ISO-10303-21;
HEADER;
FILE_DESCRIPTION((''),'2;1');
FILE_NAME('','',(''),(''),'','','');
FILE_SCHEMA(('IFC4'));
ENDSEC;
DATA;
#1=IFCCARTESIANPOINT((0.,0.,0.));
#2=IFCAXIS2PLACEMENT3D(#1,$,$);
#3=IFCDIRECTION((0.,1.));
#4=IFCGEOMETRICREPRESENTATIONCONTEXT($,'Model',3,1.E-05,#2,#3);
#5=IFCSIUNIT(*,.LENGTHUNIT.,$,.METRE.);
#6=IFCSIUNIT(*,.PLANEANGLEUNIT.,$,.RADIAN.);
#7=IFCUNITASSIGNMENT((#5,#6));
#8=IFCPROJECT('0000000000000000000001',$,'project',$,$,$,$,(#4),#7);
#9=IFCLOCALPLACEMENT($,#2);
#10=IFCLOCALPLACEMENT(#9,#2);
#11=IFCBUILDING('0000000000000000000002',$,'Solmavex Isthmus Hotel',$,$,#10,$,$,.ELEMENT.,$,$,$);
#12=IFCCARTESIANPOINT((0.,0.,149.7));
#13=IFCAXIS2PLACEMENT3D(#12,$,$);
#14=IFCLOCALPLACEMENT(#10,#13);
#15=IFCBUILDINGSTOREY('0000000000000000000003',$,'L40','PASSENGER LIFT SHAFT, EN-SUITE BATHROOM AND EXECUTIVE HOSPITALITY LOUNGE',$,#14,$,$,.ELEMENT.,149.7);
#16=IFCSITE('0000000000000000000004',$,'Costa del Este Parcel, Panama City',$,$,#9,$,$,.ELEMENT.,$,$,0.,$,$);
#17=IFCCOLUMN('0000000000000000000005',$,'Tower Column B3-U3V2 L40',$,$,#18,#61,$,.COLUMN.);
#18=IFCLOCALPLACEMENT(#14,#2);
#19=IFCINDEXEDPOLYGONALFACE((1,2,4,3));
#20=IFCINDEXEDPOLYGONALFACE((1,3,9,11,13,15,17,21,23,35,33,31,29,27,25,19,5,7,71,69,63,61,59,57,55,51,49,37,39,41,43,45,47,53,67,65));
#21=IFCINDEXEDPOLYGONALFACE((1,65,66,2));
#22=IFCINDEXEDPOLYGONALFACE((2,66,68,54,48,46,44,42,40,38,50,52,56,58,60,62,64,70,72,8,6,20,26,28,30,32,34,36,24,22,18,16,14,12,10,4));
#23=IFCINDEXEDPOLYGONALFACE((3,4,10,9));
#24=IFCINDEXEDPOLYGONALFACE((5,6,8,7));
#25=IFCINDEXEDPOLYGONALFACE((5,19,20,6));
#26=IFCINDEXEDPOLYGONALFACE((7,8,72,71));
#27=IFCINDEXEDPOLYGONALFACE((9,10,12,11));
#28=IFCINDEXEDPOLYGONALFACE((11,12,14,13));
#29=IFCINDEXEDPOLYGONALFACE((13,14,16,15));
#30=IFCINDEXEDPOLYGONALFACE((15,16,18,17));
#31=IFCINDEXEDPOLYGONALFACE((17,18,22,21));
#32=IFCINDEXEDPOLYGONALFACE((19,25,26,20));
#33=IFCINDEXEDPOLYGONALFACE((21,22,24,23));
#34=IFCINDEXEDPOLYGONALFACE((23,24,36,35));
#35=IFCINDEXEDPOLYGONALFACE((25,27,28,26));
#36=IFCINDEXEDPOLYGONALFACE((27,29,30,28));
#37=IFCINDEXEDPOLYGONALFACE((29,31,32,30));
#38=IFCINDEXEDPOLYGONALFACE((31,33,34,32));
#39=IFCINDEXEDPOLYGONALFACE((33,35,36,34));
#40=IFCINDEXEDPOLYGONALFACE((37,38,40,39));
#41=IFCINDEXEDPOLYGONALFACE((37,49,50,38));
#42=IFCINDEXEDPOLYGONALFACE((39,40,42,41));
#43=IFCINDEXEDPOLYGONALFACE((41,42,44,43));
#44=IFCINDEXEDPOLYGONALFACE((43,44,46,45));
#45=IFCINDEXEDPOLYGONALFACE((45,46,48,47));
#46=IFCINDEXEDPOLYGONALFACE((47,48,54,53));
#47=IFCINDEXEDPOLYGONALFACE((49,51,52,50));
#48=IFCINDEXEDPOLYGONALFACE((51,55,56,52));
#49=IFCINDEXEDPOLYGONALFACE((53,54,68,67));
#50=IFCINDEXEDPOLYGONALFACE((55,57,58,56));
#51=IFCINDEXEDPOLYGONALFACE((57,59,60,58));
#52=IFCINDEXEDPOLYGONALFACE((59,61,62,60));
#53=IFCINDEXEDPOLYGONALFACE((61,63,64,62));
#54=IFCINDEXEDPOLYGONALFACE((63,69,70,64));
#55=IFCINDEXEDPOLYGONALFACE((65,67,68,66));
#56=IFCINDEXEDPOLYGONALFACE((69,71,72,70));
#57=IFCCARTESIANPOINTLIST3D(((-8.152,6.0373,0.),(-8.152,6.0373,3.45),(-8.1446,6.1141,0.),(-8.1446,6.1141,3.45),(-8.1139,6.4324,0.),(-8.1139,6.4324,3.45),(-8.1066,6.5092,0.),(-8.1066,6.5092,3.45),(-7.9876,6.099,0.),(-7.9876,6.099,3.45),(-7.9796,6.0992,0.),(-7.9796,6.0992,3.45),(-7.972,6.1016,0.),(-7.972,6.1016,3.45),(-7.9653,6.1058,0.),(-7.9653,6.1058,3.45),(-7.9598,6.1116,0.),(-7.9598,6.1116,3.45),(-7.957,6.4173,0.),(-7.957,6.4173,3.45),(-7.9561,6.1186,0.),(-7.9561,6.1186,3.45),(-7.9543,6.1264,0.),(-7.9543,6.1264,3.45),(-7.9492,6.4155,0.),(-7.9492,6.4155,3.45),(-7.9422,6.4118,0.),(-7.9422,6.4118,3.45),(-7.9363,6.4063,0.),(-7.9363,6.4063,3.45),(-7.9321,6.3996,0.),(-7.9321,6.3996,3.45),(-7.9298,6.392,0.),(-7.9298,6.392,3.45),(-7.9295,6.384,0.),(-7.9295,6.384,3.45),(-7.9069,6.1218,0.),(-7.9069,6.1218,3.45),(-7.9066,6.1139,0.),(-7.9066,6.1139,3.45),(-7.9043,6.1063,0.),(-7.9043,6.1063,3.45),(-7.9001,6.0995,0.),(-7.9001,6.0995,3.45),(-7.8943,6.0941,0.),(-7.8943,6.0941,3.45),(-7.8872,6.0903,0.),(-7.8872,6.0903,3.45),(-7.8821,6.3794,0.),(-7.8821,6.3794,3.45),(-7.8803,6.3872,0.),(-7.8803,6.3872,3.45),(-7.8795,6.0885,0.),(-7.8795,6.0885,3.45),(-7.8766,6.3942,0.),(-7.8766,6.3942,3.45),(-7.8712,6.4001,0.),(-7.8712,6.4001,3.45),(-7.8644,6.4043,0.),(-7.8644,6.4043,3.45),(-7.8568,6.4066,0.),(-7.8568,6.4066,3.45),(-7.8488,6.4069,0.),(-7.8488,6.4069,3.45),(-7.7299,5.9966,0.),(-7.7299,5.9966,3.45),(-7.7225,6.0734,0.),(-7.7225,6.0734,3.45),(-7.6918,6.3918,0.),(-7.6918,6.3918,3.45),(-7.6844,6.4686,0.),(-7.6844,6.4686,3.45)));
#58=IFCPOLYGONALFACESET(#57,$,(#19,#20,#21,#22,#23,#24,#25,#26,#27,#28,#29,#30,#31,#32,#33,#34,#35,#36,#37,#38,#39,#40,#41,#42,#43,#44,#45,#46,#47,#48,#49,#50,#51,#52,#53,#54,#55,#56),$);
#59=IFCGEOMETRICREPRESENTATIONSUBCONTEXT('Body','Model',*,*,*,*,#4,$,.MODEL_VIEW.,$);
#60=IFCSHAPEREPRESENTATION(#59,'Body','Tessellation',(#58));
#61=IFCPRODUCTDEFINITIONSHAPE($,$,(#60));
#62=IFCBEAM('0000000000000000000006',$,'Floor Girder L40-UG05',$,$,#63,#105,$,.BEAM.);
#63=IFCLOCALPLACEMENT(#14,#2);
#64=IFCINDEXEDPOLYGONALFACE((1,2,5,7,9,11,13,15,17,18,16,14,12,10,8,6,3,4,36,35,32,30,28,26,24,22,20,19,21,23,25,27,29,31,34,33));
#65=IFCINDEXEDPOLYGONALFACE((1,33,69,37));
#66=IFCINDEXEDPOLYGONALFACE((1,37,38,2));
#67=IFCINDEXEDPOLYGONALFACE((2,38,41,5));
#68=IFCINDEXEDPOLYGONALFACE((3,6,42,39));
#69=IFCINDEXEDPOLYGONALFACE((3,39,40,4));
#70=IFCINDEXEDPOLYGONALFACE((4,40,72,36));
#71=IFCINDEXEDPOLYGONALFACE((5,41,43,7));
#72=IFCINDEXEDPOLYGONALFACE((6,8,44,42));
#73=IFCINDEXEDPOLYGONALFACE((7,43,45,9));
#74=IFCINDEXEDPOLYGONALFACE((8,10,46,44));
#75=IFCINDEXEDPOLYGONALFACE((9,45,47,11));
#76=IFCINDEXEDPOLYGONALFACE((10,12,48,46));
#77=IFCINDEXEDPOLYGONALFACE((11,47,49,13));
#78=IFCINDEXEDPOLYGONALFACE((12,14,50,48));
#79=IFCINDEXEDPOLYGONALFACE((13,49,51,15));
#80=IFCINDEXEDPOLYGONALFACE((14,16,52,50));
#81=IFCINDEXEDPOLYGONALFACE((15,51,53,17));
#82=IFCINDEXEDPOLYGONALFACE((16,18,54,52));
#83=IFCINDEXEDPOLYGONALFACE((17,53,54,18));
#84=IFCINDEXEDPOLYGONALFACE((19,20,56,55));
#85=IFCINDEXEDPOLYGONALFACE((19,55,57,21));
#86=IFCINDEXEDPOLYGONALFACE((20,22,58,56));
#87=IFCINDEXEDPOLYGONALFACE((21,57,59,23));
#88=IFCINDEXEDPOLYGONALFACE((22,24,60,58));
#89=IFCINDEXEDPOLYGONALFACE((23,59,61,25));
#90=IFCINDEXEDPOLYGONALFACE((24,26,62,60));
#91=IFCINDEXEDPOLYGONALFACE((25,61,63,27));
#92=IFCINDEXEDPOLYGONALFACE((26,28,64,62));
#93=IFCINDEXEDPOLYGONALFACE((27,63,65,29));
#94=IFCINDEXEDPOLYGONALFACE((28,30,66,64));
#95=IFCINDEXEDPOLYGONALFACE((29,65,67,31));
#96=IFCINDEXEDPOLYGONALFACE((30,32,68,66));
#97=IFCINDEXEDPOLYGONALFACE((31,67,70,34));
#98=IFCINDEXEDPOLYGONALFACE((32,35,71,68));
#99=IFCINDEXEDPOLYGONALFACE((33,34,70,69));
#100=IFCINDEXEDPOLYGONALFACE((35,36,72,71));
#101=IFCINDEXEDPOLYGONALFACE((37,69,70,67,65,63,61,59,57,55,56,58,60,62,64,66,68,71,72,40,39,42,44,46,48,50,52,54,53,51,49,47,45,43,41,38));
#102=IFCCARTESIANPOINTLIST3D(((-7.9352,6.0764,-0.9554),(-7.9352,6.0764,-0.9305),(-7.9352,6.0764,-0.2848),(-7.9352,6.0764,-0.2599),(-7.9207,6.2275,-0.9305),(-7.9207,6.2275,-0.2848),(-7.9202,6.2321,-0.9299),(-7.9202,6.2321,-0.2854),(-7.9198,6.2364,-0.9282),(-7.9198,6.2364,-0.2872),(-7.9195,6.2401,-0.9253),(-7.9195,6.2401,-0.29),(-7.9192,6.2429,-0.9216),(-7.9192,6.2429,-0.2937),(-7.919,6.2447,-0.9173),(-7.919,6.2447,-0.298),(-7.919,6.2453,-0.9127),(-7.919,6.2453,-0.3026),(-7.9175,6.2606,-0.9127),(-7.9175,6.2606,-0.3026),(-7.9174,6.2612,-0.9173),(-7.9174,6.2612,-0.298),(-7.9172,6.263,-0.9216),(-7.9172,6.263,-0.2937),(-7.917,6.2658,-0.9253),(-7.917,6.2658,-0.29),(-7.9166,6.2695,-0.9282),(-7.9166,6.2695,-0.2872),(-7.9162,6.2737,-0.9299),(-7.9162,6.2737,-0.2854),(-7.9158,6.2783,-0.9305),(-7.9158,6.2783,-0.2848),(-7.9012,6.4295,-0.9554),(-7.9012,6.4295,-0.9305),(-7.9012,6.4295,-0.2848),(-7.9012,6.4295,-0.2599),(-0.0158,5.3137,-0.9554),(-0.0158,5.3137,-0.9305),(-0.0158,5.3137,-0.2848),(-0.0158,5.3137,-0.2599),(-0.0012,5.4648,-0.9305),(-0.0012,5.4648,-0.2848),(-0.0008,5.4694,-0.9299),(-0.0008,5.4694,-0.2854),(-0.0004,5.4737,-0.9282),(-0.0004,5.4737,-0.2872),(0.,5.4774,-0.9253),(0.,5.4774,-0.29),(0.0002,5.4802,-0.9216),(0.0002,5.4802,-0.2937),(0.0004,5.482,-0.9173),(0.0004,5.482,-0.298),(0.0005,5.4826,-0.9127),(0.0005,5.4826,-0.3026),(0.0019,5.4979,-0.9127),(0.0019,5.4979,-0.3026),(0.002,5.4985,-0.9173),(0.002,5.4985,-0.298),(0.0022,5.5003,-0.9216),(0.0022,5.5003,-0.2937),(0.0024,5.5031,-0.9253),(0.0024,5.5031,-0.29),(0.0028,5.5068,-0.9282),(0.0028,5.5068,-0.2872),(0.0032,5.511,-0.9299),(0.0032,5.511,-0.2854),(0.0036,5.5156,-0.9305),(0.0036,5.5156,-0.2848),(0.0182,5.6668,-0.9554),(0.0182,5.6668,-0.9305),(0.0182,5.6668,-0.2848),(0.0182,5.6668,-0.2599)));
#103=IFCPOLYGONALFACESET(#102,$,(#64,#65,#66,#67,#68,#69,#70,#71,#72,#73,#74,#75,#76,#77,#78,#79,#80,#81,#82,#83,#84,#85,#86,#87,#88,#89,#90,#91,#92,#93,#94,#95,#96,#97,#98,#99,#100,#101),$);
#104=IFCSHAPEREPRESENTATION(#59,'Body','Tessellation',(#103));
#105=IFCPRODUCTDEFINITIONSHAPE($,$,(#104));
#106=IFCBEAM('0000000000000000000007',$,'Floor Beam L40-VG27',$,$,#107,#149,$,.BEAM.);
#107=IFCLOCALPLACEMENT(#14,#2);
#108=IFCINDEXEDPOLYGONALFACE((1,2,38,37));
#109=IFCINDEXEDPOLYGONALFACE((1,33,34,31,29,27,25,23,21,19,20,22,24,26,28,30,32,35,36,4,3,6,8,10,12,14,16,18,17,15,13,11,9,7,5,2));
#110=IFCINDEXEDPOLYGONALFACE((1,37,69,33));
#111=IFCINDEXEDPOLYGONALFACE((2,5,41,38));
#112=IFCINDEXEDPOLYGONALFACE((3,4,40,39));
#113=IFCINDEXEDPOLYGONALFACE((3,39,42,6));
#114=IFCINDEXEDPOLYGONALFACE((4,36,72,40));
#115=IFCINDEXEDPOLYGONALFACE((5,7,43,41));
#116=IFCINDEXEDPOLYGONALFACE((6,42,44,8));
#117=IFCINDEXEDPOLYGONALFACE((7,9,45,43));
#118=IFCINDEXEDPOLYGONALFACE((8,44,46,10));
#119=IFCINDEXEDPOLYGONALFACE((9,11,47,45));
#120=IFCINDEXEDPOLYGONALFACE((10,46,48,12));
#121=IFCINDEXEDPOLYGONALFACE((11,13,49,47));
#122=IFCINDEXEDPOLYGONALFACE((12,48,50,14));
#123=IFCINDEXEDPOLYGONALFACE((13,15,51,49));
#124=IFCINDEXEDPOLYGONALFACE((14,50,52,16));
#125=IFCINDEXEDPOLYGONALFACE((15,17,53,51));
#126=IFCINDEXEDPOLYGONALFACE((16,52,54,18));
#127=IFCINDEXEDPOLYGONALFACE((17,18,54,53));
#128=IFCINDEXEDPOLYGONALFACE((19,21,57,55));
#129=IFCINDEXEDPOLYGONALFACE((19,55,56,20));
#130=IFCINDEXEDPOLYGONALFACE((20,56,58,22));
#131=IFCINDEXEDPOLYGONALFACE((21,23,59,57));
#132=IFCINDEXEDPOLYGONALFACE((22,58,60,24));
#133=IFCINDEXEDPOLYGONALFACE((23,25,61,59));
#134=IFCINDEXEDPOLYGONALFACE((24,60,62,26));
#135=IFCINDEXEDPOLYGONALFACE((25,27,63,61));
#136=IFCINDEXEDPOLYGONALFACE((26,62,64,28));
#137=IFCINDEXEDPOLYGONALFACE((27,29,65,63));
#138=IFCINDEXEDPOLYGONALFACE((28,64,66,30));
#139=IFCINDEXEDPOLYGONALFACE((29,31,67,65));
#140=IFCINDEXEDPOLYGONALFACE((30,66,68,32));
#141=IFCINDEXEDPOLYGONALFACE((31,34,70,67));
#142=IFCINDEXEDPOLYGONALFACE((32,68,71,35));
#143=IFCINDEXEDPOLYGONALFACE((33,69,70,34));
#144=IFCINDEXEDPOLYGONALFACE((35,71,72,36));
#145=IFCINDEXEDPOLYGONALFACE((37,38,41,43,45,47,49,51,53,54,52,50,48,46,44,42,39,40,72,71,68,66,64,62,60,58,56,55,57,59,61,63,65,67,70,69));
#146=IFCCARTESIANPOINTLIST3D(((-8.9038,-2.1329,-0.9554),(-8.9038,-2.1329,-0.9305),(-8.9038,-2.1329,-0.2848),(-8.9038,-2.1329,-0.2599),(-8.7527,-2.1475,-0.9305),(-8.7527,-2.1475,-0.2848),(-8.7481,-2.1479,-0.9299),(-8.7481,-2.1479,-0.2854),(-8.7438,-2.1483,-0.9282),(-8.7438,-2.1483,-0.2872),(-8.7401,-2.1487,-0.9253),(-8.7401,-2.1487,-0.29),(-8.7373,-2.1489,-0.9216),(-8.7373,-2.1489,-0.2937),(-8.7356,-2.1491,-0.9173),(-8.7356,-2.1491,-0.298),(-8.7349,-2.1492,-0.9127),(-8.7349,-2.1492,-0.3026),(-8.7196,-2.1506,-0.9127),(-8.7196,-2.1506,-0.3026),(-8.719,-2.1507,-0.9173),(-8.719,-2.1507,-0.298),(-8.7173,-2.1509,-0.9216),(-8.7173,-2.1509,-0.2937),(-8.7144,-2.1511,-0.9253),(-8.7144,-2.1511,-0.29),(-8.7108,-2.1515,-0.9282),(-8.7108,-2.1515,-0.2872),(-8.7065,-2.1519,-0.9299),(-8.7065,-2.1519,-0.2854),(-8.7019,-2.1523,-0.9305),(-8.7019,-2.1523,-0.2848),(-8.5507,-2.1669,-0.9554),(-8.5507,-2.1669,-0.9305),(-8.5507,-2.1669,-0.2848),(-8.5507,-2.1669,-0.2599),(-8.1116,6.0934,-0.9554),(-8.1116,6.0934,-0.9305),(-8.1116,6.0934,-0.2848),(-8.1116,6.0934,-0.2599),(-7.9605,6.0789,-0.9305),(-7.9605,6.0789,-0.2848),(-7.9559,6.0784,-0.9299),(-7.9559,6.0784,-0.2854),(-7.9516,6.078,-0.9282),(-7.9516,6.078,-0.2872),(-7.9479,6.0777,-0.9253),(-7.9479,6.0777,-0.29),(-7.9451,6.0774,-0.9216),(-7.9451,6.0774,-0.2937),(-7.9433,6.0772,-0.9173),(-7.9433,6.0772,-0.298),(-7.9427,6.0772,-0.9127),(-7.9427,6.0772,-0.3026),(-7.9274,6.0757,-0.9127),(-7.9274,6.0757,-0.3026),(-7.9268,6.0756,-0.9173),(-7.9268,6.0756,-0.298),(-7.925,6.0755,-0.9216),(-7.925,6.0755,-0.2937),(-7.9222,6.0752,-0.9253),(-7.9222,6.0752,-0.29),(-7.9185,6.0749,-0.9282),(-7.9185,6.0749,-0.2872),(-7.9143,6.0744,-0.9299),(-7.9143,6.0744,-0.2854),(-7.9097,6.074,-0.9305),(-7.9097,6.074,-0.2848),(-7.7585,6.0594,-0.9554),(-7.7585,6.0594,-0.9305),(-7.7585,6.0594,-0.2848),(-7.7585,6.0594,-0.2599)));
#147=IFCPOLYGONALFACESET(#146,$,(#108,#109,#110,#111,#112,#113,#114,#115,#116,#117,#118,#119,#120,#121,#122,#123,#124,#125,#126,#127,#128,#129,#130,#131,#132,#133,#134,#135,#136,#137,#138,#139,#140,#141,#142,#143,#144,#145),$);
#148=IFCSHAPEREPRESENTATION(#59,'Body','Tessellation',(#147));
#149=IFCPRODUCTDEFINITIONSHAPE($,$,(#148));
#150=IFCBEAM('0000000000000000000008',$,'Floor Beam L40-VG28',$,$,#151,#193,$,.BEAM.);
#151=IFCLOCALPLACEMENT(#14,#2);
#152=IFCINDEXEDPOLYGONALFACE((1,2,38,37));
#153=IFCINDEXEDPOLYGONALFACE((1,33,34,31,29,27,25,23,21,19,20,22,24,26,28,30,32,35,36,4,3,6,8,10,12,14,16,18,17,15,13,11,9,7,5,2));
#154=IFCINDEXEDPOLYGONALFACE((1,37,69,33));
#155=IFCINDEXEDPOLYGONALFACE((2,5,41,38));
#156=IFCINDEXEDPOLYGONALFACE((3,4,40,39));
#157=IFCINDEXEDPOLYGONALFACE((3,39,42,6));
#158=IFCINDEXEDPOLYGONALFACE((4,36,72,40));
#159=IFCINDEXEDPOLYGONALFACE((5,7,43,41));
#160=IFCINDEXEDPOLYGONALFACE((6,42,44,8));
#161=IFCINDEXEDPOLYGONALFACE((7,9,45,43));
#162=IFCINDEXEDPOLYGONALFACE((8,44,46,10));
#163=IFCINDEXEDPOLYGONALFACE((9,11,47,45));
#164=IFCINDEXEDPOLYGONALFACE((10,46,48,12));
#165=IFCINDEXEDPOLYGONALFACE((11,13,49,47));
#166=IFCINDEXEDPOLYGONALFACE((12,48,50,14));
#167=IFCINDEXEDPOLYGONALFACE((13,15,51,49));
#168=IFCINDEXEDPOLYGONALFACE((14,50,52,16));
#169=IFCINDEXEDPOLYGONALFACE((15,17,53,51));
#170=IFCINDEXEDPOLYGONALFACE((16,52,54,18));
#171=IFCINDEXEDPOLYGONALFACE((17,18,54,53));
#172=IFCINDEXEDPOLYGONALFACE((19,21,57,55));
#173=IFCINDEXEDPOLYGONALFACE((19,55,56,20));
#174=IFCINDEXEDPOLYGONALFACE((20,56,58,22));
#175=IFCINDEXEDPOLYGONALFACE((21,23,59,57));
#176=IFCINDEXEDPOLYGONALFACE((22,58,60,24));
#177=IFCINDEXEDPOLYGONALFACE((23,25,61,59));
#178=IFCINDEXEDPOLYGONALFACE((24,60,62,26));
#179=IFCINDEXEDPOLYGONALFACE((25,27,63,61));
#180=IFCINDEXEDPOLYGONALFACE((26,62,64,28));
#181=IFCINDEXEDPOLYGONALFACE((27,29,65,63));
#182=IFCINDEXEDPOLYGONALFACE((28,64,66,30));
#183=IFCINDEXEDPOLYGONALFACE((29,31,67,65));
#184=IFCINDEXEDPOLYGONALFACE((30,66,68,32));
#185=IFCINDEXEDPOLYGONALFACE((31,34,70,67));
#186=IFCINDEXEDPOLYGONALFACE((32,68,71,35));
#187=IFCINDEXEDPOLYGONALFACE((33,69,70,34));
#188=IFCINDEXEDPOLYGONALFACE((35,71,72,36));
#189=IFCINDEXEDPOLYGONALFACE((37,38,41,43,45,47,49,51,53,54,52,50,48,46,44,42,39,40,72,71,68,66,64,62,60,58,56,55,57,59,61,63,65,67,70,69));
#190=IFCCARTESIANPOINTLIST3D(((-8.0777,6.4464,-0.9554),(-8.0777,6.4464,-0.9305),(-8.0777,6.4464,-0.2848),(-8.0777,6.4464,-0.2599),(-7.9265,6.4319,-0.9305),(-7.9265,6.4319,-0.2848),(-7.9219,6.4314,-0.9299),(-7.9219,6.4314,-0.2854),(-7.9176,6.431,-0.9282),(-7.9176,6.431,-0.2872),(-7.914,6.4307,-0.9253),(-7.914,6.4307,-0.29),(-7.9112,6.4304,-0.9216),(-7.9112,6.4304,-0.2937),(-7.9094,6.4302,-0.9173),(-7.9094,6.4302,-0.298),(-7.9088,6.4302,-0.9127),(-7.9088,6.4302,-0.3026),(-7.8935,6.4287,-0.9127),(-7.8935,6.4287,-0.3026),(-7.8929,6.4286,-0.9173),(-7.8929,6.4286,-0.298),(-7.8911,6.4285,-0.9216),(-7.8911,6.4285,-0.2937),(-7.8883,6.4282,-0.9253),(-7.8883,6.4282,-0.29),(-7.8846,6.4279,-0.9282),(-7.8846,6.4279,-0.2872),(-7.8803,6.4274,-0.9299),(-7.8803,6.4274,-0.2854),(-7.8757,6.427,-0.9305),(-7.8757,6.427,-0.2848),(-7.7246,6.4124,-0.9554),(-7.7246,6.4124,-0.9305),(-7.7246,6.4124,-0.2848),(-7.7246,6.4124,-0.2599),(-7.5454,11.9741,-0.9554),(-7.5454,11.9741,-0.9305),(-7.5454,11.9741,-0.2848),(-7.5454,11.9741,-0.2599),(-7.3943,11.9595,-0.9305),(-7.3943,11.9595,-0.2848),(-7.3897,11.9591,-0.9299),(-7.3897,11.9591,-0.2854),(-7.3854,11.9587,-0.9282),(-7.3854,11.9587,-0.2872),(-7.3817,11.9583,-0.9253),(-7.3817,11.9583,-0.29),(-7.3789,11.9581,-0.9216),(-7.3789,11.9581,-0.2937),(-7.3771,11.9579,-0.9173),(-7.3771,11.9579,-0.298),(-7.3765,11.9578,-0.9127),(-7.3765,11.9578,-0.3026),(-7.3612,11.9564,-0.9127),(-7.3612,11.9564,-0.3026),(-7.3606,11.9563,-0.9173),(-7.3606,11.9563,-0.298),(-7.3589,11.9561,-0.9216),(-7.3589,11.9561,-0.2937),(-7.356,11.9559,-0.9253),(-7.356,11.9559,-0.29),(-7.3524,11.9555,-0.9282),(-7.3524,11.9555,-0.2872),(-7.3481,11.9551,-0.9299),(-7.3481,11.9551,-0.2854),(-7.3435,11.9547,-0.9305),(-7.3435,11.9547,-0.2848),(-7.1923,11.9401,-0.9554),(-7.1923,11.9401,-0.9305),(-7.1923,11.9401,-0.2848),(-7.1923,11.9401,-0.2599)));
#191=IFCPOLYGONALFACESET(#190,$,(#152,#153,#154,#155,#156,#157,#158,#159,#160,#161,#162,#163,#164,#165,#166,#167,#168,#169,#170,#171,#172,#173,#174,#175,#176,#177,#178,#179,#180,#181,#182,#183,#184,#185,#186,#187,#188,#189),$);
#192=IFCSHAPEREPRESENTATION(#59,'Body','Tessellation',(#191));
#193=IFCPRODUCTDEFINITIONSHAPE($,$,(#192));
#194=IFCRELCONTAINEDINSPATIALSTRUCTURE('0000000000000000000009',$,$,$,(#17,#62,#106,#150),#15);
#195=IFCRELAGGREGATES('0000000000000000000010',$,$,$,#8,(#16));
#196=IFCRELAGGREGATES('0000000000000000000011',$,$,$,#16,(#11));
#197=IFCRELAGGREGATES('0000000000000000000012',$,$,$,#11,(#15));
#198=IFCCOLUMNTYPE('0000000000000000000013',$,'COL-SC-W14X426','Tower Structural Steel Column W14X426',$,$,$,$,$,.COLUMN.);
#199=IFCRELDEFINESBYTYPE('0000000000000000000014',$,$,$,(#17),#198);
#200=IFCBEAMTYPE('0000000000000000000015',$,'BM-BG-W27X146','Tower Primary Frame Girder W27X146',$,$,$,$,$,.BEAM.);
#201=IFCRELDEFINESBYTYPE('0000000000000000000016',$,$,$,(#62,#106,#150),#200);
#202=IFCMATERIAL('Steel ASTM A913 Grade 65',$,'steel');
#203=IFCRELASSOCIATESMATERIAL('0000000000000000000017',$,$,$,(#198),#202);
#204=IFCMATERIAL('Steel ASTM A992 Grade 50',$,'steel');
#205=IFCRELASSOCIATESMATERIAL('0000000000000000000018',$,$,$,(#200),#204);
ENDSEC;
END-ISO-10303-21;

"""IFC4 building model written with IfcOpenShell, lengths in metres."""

from ifc_helpers import new_model, si_unit, direction, frame, origin, origin_2d, place, context, subcontext, project, spatial, i_section, extrude, material, material_profile, profile_set, type_object, element, save


model = new_model("IFC4")

# Units and contexts
model_context = context("Model", 3, precision=1e-05, world=origin(), true_north=direction((0.0, 1.0)))
body_context = subcontext(model_context, "Body", "Model", "MODEL_VIEW")
ifc_project = project(units=[si_unit("LENGTHUNIT", "METRE"), si_unit("PLANEANGLEUNIT", "RADIAN")], contexts=[model_context])

# Site, building, storey
site_placement = place(None, origin())
site = spatial("IfcSite", under=ifc_project, at=site_placement, Name="Costa del Este Parcel, Panama City", CompositionType="ELEMENT", RefElevation=0.0)
building_placement = place(site_placement, origin())
building = spatial("IfcBuilding", under=site, at=building_placement, Name="Solmavex Isthmus Hotel", CompositionType="ELEMENT")
storey_placement = place(building_placement, frame((0.0, 0.0, 149.7)))
storey = spatial("IfcBuildingStorey", under=building, at=storey_placement, Name="L40", Description="PASSENGER LIFT SHAFT, EN-SUITE BATHROOM AND EXECUTIVE HOSPITALITY LOUNGE", CompositionType="ELEMENT", Elevation=149.7)

# Column
ifc_material_1 = material(Name="Steel ASTM A913 Grade 65", Category="steel")
ifc_material_profile_1 = material_profile(ifc_material_1, i_section(OverallWidth=0.4241, OverallDepth=0.4741, WebThickness=0.0476, FlangeThickness=0.0771, FilletRadius=0.0305, at=origin_2d()), Name="W14X426")
ifc_profile_set_1 = profile_set([ifc_material_profile_1], Name="Steel ASTM A913 Grade 65")
column_type = type_object("IfcColumnType", Name="COL-SC-W14X426", Description="Tower Structural Steel Column W14X426", PredefinedType="COLUMN", material=ifc_profile_set_1)
column_placement = place(storey_placement, frame((-7.9182, 6.2529, 0.0), z_axis=(0.0, 0.0, 1.0), x_axis=(0.995396, -0.095846, 0.0)))
element("IfcColumn", 1, at=column_placement, inside=storey, type_object=column_type, Name="Tower Column B3-U3V2 L40", PredefinedType="COLUMN", context=body_context, shape_type="SweptSolid", body=[
    extrude(i_section(OverallWidth=0.4241, OverallDepth=0.4741, WebThickness=0.0476, FlangeThickness=0.0771, FilletRadius=0.0305, at=origin_2d()), origin(), (0.0, 0.0, 1.0), 3.45),
])

# Beams
ifc_material_2 = material(Name="Steel ASTM A992 Grade 50", Category="steel")
ifc_material_profile_2 = material_profile(ifc_material_2, i_section(OverallWidth=0.3547, OverallDepth=0.6956, WebThickness=0.0154, FlangeThickness=0.0249, FilletRadius=0.0178, at=origin_2d()), Name="W27X146")
ifc_profile_set_2 = profile_set([ifc_material_profile_2], Name="Steel ASTM A992 Grade 50")
beam_type_1 = type_object("IfcBeamType", Name="BM-BG-W27X146", Description="Tower Primary Frame Girder W27X146", PredefinedType="BEAM", material=ifc_profile_set_2)
beam_1_placement = place(storey_placement, frame((-7.9182, 6.2529, -0.6077), z_axis=(0.995395, -0.095863, 0.0), x_axis=(0.095863, 0.995395, 0.0)))
element("IfcBeam", 2, at=beam_1_placement, inside=storey, type_object=beam_type_1, Name="Floor Girder L40-UG05", PredefinedType="BEAM", context=body_context, shape_type="SweptSolid", body=[
    extrude(i_section(OverallWidth=0.3547, OverallDepth=0.6956, WebThickness=0.0154, FlangeThickness=0.0249, FilletRadius=0.0178, at=origin_2d()), origin(), (0.0, 0.0, 1.0), 7.9561),
])
beam_2_placement = place(storey_placement, frame((-8.7273, -2.1499, -0.6077), z_axis=(0.095862, 0.995395, 0.0), x_axis=(-0.995395, 0.095862, 0.0)))
element("IfcBeam", 3, at=beam_2_placement, inside=storey, type_object=beam_type_1, Name="Floor Beam L40-VG27", PredefinedType="BEAM", context=body_context, shape_type="SweptSolid", body=[
    extrude(i_section(OverallWidth=0.3547, OverallDepth=0.6956, WebThickness=0.0154, FlangeThickness=0.0249, FilletRadius=0.0178, at=origin_2d()), origin(), (0.0, 0.0, 1.0), 8.2644),
])
beam_3_placement = place(storey_placement, frame((-7.9011, 6.4294, -0.6077), z_axis=(0.095842, 0.995397, 0.0), x_axis=(-0.995397, 0.095842, 0.0)))
element("IfcBeam", 4, at=beam_3_placement, inside=storey, type_object=beam_type_1, Name="Floor Beam L40-VG28", PredefinedType="BEAM", context=body_context, shape_type="SweptSolid", body=[
    extrude(i_section(OverallWidth=0.3547, OverallDepth=0.6956, WebThickness=0.0154, FlangeThickness=0.0249, FilletRadius=0.0178, at=origin_2d()), origin(), (0.0, 0.0, 1.0), 5.5532),
])

save(model, "model.ifc")
